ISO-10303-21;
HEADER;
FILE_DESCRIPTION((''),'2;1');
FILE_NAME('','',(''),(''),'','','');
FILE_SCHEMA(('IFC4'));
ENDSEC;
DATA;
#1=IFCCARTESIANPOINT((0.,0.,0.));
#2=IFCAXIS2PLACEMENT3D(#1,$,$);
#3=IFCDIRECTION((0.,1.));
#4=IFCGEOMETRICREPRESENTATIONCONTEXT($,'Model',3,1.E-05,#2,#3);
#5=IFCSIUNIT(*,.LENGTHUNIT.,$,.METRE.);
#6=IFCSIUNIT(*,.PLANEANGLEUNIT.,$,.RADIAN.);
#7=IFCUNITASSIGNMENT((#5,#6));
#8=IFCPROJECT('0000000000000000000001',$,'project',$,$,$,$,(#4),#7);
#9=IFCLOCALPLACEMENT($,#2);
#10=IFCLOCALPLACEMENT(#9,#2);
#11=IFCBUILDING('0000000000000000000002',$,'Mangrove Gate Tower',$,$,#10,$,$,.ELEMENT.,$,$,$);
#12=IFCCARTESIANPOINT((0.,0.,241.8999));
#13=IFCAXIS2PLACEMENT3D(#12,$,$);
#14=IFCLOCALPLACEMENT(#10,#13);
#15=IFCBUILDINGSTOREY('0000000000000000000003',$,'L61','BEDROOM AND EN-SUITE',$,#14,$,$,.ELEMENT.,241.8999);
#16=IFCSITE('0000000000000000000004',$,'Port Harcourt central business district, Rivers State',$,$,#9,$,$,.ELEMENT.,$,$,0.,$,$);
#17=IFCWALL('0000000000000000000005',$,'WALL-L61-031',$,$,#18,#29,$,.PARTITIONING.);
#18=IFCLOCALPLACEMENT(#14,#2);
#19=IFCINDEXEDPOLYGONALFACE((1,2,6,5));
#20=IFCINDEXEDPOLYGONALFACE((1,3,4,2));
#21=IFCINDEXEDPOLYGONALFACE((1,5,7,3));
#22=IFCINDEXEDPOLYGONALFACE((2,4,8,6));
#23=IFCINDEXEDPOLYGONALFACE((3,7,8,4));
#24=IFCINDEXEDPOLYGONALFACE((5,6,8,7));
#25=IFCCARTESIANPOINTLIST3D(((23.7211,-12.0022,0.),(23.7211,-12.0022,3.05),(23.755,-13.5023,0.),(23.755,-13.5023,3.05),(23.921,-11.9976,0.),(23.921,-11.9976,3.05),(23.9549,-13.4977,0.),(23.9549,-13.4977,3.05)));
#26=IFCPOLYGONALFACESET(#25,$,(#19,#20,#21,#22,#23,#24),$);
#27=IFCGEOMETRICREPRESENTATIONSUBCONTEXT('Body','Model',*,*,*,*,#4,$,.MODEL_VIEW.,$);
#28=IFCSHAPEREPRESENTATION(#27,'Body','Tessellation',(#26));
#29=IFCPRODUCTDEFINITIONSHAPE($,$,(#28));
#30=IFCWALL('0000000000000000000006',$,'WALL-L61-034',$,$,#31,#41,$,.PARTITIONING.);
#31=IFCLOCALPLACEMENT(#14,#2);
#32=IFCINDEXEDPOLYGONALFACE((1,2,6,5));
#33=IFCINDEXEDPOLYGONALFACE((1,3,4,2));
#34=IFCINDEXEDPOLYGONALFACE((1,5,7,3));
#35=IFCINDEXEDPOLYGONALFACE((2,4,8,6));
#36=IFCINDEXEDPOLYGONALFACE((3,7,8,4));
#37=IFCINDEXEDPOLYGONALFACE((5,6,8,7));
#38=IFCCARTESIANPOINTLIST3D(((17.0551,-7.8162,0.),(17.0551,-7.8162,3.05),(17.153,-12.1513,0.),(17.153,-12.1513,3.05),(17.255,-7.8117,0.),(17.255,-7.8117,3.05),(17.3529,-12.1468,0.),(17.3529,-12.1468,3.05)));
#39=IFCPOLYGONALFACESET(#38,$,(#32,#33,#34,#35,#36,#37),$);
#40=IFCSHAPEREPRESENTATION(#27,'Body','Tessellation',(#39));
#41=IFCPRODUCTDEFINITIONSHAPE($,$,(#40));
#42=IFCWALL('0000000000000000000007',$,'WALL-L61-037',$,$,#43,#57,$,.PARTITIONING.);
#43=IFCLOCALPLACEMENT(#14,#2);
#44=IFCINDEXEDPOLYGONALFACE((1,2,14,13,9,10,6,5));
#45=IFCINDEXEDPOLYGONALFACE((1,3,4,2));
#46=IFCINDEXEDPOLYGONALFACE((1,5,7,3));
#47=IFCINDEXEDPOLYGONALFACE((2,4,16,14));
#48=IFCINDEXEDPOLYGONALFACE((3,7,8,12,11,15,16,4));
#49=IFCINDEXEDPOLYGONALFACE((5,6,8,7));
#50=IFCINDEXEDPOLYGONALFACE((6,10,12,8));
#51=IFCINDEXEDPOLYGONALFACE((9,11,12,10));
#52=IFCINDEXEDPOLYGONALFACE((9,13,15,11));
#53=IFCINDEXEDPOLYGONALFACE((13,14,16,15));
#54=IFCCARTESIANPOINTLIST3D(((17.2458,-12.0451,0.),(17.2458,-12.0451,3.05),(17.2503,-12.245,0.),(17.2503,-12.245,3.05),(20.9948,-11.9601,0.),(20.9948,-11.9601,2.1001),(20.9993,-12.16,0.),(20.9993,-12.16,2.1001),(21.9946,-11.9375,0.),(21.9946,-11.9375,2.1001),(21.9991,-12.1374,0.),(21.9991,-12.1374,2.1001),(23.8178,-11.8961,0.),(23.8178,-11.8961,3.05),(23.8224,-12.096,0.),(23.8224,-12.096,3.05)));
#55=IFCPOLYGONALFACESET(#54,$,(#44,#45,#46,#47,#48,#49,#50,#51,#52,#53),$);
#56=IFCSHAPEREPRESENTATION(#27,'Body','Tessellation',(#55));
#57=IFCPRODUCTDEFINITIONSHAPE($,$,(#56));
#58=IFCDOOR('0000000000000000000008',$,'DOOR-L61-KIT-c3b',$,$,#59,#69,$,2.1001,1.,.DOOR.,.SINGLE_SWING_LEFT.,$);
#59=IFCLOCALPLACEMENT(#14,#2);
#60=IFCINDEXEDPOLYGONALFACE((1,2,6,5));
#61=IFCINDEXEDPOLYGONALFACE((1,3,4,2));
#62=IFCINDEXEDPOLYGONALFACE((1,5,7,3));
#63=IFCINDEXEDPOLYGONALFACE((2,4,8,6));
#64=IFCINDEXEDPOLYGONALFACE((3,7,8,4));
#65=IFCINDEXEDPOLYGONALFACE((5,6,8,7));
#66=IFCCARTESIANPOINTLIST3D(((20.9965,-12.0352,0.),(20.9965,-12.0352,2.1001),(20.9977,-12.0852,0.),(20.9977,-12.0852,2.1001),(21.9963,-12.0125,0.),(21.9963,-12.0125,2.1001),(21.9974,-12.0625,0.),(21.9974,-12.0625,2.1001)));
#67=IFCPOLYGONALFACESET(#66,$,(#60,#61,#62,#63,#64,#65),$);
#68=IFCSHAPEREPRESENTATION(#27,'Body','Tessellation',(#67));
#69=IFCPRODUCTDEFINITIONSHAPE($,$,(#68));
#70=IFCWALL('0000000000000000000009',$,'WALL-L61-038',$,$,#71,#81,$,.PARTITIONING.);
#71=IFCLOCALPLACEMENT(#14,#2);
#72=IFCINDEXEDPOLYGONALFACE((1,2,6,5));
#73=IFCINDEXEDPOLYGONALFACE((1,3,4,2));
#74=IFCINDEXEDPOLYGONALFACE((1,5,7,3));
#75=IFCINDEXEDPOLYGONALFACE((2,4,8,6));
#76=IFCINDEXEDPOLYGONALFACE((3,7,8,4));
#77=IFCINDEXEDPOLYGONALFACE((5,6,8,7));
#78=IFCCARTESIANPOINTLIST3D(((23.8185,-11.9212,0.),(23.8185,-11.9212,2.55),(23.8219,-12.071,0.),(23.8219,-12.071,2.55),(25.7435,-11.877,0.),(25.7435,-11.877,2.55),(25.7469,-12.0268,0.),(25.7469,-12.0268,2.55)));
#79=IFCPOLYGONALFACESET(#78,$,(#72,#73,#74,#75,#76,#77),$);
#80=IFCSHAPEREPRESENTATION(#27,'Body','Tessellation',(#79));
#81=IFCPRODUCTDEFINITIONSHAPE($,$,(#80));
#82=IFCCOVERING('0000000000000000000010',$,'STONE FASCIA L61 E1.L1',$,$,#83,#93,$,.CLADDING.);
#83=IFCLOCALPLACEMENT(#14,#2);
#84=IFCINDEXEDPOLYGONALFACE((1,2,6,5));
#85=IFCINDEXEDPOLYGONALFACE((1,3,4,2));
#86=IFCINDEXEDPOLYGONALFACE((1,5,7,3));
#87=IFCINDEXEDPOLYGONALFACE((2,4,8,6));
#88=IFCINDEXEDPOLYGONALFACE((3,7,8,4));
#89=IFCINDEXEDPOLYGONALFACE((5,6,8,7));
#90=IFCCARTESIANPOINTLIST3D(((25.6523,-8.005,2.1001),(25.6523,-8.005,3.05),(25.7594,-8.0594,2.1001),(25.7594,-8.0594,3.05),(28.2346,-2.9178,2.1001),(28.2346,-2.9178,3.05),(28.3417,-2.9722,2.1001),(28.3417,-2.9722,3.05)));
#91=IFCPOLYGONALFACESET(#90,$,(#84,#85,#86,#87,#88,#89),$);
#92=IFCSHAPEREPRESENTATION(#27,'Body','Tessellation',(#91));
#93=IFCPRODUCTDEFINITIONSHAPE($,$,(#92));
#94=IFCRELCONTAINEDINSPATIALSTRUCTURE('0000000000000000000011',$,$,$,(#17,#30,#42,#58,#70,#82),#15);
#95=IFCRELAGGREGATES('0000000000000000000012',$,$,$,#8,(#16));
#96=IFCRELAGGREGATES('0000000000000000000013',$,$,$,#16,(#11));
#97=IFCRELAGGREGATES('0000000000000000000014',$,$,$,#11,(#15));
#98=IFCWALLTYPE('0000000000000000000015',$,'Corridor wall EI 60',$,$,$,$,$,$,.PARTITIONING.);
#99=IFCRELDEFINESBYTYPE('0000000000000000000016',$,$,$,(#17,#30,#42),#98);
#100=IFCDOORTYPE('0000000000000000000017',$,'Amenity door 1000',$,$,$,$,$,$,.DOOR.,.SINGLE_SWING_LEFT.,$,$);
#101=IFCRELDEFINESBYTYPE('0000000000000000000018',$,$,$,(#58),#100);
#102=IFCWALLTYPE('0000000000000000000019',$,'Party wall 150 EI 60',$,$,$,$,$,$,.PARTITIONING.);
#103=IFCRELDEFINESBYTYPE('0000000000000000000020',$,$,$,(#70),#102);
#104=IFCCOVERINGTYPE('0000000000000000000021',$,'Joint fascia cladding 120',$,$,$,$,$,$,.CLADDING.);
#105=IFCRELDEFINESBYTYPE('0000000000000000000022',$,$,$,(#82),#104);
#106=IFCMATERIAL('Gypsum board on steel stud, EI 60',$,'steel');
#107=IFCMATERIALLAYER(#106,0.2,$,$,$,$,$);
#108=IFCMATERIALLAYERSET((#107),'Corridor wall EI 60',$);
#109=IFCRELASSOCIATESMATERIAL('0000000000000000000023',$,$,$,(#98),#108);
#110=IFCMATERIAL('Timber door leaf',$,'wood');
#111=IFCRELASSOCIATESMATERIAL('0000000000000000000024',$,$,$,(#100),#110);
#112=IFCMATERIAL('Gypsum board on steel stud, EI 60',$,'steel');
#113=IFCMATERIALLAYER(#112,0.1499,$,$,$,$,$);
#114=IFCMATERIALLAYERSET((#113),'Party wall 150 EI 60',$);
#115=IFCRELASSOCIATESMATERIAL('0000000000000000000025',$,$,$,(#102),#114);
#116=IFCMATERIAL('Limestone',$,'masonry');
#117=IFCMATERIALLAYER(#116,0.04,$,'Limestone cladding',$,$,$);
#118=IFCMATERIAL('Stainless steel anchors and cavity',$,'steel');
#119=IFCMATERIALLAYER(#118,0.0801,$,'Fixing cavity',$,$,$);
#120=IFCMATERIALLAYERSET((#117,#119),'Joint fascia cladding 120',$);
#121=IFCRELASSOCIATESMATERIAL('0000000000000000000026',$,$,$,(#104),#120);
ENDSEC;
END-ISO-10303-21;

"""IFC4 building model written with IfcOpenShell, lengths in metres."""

from ifc_helpers import new_model, si_unit, direction, frame, frame_2d, origin, place, context, subcontext, project, spatial, rectangle, extrude, material, layer, layer_set, type_object, element, fill, save


model = new_model("IFC4")

# Units and contexts
model_context = context("Model", 3, precision=1e-05, world=origin(), true_north=direction((0.0, 1.0)))
body_context = subcontext(model_context, "Body", "Model", "MODEL_VIEW")
ifc_project = project(units=[si_unit("LENGTHUNIT", "METRE"), si_unit("PLANEANGLEUNIT", "RADIAN")], contexts=[model_context])

# Site, building, storey
site_placement = place(None, origin())
site = spatial("IfcSite", under=ifc_project, at=site_placement, Name="Port Harcourt central business district, Rivers State", CompositionType="ELEMENT", RefElevation=0.0)
building_placement = place(site_placement, origin())
building = spatial("IfcBuilding", under=site, at=building_placement, Name="Mangrove Gate Tower", CompositionType="ELEMENT")
storey_placement = place(building_placement, frame((0.0, 0.0, 241.8999)))
storey = spatial("IfcBuildingStorey", under=building, at=storey_placement, Name="L61", Description="BEDROOM AND EN-SUITE", CompositionType="ELEMENT", Elevation=241.8999)

# Walls
ifc_material_1 = material(Name="Gypsum board on steel stud, EI 60", Category="steel")
ifc_layer_1 = layer(ifc_material_1, 0.2)
ifc_layer_set_1 = layer_set([ifc_layer_1], Name="Corridor wall EI 60")
wall_type_1 = type_object("IfcWallType", Name="Corridor wall EI 60", PredefinedType="PARTITIONING", material=ifc_layer_set_1)
wall_1_placement = place(storey_placement, frame((23.855, -13.5, 0.0), z_axis=(0.0, 0.0, 1.0), x_axis=(-0.022618, 0.999744, 0.0)))
element("IfcWall", 1, at=wall_1_placement, inside=storey, type_object=wall_type_1, Name="WALL-L61-031", PredefinedType="PARTITIONING", context=body_context, shape_type="SweptSolid", body=[
    extrude(rectangle(XDim=1.5005, YDim=0.2, at=frame_2d((0.7502, 0.0))), origin(), (0.0, 0.0, 1.0), 3.05),
])
wall_2_placement = place(storey_placement, frame((17.2529, -12.1489, 0.0), z_axis=(0.0, 0.0, 1.0), x_axis=(-0.022578, 0.999745, 0.0)))
element("IfcWall", 2, at=wall_2_placement, inside=storey, type_object=wall_type_1, Name="WALL-L61-034", PredefinedType="PARTITIONING", context=body_context, shape_type="SweptSolid", body=[
    extrude(rectangle(XDim=4.3362, YDim=0.2, at=frame_2d((2.168, 0.0))), origin(), (0.0, 0.0, 1.0), 3.05),
])

# Wall, opening, door
wall_3_placement = place(storey_placement, frame((17.248, -12.145, 0.0), z_axis=(0.0, 0.0, 1.0), x_axis=(0.999743, 0.022655, 0.0)))
wall_3 = element("IfcWall", 3, at=wall_3_placement, inside=storey, type_object=wall_type_1, Name="WALL-L61-037", PredefinedType="PARTITIONING", context=body_context, shape_type="SweptSolid", body=[
    extrude(rectangle(XDim=6.5737, YDim=0.2, at=frame_2d((3.2869, 0.0))), origin(), (0.0, 0.0, 1.0), 3.05),
])
opening_1_placement = place(wall_3_placement, frame((3.75, 0.0, 0.0)))
opening_1 = element("IfcOpeningElement", 4, at=opening_1_placement, cuts=wall_3, PredefinedType="OPENING", context=body_context, shape_type="SweptSolid", body=[
    extrude(rectangle(XDim=1.0, YDim=2.1001, at=frame_2d((0.5, 1.05))), frame((0.0, 0.1099, 0.0), z_axis=(0.0, -1.0, 0.0), x_axis=(1.0, 0.0, 0.0)), (0.0, 0.0, 1.0), 0.22),
])
ifc_material_2 = material(Name="Timber door leaf", Category="wood")
door_type_1 = type_object("IfcDoorType", Name="Amenity door 1000", OperationType="SINGLE_SWING_LEFT", PredefinedType="DOOR", material=ifc_material_2)
door_1_placement = place(opening_1_placement, origin())
door_1 = element("IfcDoor", 5, at=door_1_placement, inside=storey, type_object=door_type_1, Name="DOOR-L61-KIT-c3b", OperationType="SINGLE_SWING_LEFT", OverallHeight=2.1001, OverallWidth=1.0, PredefinedType="DOOR", context=body_context, shape_type="SweptSolid", body=[
    extrude(rectangle(XDim=1.0, YDim=2.1001, at=frame_2d((0.5, 1.05))), frame((0.0, 0.0249, 0.0), z_axis=(0.0, -1.0, 0.0), x_axis=(1.0, 0.0, 0.0)), (0.0, 0.0, 1.0), 0.05),
])
fill(opening_1, door_1)

# Wall
ifc_material_3 = material(Name="Gypsum board on steel stud, EI 60", Category="steel")
ifc_layer_2 = layer(ifc_material_3, 0.1499)
ifc_layer_set_2 = layer_set([ifc_layer_2], Name="Party wall 150 EI 60")
wall_type_2 = type_object("IfcWallType", Name="Party wall 150 EI 60", PredefinedType="PARTITIONING", material=ifc_layer_set_2)
wall_4_placement = place(storey_placement, frame((23.8201, -11.9961, 0.0), z_axis=(0.0, 0.0, 1.0), x_axis=(0.999737, 0.022949, 0.0)))
element("IfcWall", 6, at=wall_4_placement, inside=storey, type_object=wall_type_2, Name="WALL-L61-038", PredefinedType="PARTITIONING", context=body_context, shape_type="SweptSolid", body=[
    extrude(rectangle(XDim=1.9255, YDim=0.1499, at=frame_2d((0.9629, 0.0))), origin(), (0.0, 0.0, 1.0), 2.55),
])

# Covering
ifc_material_4 = material(Name="Limestone", Category="masonry")
ifc_layer_3 = layer(ifc_material_4, 0.04, Name="Limestone cladding")
ifc_material_5 = material(Name="Stainless steel anchors and cavity", Category="steel")
ifc_layer_4 = layer(ifc_material_5, 0.0801, Name="Fixing cavity")
ifc_layer_set_3 = layer_set([ifc_layer_3, ifc_layer_4], Name="Joint fascia cladding 120")
covering_type = type_object("IfcCoveringType", Name="Joint fascia cladding 120", PredefinedType="CLADDING", material=ifc_layer_set_3)
covering_placement = place(storey_placement, frame((25.7058, -8.0322, 2.1001), z_axis=(0.0, 0.0, 1.0), x_axis=(0.452632, 0.891698, 0.0)))
element("IfcCovering", 7, at=covering_placement, inside=storey, type_object=covering_type, Name="STONE FASCIA L61 E1.L1", PredefinedType="CLADDING", context=body_context, shape_type="SweptSolid", body=[
    extrude(rectangle(XDim=5.7051, YDim=0.1201, at=frame_2d((2.8525, 0.0))), origin(), (0.0, 0.0, 1.0), 0.95),
])

save(model, "model.ifc")
